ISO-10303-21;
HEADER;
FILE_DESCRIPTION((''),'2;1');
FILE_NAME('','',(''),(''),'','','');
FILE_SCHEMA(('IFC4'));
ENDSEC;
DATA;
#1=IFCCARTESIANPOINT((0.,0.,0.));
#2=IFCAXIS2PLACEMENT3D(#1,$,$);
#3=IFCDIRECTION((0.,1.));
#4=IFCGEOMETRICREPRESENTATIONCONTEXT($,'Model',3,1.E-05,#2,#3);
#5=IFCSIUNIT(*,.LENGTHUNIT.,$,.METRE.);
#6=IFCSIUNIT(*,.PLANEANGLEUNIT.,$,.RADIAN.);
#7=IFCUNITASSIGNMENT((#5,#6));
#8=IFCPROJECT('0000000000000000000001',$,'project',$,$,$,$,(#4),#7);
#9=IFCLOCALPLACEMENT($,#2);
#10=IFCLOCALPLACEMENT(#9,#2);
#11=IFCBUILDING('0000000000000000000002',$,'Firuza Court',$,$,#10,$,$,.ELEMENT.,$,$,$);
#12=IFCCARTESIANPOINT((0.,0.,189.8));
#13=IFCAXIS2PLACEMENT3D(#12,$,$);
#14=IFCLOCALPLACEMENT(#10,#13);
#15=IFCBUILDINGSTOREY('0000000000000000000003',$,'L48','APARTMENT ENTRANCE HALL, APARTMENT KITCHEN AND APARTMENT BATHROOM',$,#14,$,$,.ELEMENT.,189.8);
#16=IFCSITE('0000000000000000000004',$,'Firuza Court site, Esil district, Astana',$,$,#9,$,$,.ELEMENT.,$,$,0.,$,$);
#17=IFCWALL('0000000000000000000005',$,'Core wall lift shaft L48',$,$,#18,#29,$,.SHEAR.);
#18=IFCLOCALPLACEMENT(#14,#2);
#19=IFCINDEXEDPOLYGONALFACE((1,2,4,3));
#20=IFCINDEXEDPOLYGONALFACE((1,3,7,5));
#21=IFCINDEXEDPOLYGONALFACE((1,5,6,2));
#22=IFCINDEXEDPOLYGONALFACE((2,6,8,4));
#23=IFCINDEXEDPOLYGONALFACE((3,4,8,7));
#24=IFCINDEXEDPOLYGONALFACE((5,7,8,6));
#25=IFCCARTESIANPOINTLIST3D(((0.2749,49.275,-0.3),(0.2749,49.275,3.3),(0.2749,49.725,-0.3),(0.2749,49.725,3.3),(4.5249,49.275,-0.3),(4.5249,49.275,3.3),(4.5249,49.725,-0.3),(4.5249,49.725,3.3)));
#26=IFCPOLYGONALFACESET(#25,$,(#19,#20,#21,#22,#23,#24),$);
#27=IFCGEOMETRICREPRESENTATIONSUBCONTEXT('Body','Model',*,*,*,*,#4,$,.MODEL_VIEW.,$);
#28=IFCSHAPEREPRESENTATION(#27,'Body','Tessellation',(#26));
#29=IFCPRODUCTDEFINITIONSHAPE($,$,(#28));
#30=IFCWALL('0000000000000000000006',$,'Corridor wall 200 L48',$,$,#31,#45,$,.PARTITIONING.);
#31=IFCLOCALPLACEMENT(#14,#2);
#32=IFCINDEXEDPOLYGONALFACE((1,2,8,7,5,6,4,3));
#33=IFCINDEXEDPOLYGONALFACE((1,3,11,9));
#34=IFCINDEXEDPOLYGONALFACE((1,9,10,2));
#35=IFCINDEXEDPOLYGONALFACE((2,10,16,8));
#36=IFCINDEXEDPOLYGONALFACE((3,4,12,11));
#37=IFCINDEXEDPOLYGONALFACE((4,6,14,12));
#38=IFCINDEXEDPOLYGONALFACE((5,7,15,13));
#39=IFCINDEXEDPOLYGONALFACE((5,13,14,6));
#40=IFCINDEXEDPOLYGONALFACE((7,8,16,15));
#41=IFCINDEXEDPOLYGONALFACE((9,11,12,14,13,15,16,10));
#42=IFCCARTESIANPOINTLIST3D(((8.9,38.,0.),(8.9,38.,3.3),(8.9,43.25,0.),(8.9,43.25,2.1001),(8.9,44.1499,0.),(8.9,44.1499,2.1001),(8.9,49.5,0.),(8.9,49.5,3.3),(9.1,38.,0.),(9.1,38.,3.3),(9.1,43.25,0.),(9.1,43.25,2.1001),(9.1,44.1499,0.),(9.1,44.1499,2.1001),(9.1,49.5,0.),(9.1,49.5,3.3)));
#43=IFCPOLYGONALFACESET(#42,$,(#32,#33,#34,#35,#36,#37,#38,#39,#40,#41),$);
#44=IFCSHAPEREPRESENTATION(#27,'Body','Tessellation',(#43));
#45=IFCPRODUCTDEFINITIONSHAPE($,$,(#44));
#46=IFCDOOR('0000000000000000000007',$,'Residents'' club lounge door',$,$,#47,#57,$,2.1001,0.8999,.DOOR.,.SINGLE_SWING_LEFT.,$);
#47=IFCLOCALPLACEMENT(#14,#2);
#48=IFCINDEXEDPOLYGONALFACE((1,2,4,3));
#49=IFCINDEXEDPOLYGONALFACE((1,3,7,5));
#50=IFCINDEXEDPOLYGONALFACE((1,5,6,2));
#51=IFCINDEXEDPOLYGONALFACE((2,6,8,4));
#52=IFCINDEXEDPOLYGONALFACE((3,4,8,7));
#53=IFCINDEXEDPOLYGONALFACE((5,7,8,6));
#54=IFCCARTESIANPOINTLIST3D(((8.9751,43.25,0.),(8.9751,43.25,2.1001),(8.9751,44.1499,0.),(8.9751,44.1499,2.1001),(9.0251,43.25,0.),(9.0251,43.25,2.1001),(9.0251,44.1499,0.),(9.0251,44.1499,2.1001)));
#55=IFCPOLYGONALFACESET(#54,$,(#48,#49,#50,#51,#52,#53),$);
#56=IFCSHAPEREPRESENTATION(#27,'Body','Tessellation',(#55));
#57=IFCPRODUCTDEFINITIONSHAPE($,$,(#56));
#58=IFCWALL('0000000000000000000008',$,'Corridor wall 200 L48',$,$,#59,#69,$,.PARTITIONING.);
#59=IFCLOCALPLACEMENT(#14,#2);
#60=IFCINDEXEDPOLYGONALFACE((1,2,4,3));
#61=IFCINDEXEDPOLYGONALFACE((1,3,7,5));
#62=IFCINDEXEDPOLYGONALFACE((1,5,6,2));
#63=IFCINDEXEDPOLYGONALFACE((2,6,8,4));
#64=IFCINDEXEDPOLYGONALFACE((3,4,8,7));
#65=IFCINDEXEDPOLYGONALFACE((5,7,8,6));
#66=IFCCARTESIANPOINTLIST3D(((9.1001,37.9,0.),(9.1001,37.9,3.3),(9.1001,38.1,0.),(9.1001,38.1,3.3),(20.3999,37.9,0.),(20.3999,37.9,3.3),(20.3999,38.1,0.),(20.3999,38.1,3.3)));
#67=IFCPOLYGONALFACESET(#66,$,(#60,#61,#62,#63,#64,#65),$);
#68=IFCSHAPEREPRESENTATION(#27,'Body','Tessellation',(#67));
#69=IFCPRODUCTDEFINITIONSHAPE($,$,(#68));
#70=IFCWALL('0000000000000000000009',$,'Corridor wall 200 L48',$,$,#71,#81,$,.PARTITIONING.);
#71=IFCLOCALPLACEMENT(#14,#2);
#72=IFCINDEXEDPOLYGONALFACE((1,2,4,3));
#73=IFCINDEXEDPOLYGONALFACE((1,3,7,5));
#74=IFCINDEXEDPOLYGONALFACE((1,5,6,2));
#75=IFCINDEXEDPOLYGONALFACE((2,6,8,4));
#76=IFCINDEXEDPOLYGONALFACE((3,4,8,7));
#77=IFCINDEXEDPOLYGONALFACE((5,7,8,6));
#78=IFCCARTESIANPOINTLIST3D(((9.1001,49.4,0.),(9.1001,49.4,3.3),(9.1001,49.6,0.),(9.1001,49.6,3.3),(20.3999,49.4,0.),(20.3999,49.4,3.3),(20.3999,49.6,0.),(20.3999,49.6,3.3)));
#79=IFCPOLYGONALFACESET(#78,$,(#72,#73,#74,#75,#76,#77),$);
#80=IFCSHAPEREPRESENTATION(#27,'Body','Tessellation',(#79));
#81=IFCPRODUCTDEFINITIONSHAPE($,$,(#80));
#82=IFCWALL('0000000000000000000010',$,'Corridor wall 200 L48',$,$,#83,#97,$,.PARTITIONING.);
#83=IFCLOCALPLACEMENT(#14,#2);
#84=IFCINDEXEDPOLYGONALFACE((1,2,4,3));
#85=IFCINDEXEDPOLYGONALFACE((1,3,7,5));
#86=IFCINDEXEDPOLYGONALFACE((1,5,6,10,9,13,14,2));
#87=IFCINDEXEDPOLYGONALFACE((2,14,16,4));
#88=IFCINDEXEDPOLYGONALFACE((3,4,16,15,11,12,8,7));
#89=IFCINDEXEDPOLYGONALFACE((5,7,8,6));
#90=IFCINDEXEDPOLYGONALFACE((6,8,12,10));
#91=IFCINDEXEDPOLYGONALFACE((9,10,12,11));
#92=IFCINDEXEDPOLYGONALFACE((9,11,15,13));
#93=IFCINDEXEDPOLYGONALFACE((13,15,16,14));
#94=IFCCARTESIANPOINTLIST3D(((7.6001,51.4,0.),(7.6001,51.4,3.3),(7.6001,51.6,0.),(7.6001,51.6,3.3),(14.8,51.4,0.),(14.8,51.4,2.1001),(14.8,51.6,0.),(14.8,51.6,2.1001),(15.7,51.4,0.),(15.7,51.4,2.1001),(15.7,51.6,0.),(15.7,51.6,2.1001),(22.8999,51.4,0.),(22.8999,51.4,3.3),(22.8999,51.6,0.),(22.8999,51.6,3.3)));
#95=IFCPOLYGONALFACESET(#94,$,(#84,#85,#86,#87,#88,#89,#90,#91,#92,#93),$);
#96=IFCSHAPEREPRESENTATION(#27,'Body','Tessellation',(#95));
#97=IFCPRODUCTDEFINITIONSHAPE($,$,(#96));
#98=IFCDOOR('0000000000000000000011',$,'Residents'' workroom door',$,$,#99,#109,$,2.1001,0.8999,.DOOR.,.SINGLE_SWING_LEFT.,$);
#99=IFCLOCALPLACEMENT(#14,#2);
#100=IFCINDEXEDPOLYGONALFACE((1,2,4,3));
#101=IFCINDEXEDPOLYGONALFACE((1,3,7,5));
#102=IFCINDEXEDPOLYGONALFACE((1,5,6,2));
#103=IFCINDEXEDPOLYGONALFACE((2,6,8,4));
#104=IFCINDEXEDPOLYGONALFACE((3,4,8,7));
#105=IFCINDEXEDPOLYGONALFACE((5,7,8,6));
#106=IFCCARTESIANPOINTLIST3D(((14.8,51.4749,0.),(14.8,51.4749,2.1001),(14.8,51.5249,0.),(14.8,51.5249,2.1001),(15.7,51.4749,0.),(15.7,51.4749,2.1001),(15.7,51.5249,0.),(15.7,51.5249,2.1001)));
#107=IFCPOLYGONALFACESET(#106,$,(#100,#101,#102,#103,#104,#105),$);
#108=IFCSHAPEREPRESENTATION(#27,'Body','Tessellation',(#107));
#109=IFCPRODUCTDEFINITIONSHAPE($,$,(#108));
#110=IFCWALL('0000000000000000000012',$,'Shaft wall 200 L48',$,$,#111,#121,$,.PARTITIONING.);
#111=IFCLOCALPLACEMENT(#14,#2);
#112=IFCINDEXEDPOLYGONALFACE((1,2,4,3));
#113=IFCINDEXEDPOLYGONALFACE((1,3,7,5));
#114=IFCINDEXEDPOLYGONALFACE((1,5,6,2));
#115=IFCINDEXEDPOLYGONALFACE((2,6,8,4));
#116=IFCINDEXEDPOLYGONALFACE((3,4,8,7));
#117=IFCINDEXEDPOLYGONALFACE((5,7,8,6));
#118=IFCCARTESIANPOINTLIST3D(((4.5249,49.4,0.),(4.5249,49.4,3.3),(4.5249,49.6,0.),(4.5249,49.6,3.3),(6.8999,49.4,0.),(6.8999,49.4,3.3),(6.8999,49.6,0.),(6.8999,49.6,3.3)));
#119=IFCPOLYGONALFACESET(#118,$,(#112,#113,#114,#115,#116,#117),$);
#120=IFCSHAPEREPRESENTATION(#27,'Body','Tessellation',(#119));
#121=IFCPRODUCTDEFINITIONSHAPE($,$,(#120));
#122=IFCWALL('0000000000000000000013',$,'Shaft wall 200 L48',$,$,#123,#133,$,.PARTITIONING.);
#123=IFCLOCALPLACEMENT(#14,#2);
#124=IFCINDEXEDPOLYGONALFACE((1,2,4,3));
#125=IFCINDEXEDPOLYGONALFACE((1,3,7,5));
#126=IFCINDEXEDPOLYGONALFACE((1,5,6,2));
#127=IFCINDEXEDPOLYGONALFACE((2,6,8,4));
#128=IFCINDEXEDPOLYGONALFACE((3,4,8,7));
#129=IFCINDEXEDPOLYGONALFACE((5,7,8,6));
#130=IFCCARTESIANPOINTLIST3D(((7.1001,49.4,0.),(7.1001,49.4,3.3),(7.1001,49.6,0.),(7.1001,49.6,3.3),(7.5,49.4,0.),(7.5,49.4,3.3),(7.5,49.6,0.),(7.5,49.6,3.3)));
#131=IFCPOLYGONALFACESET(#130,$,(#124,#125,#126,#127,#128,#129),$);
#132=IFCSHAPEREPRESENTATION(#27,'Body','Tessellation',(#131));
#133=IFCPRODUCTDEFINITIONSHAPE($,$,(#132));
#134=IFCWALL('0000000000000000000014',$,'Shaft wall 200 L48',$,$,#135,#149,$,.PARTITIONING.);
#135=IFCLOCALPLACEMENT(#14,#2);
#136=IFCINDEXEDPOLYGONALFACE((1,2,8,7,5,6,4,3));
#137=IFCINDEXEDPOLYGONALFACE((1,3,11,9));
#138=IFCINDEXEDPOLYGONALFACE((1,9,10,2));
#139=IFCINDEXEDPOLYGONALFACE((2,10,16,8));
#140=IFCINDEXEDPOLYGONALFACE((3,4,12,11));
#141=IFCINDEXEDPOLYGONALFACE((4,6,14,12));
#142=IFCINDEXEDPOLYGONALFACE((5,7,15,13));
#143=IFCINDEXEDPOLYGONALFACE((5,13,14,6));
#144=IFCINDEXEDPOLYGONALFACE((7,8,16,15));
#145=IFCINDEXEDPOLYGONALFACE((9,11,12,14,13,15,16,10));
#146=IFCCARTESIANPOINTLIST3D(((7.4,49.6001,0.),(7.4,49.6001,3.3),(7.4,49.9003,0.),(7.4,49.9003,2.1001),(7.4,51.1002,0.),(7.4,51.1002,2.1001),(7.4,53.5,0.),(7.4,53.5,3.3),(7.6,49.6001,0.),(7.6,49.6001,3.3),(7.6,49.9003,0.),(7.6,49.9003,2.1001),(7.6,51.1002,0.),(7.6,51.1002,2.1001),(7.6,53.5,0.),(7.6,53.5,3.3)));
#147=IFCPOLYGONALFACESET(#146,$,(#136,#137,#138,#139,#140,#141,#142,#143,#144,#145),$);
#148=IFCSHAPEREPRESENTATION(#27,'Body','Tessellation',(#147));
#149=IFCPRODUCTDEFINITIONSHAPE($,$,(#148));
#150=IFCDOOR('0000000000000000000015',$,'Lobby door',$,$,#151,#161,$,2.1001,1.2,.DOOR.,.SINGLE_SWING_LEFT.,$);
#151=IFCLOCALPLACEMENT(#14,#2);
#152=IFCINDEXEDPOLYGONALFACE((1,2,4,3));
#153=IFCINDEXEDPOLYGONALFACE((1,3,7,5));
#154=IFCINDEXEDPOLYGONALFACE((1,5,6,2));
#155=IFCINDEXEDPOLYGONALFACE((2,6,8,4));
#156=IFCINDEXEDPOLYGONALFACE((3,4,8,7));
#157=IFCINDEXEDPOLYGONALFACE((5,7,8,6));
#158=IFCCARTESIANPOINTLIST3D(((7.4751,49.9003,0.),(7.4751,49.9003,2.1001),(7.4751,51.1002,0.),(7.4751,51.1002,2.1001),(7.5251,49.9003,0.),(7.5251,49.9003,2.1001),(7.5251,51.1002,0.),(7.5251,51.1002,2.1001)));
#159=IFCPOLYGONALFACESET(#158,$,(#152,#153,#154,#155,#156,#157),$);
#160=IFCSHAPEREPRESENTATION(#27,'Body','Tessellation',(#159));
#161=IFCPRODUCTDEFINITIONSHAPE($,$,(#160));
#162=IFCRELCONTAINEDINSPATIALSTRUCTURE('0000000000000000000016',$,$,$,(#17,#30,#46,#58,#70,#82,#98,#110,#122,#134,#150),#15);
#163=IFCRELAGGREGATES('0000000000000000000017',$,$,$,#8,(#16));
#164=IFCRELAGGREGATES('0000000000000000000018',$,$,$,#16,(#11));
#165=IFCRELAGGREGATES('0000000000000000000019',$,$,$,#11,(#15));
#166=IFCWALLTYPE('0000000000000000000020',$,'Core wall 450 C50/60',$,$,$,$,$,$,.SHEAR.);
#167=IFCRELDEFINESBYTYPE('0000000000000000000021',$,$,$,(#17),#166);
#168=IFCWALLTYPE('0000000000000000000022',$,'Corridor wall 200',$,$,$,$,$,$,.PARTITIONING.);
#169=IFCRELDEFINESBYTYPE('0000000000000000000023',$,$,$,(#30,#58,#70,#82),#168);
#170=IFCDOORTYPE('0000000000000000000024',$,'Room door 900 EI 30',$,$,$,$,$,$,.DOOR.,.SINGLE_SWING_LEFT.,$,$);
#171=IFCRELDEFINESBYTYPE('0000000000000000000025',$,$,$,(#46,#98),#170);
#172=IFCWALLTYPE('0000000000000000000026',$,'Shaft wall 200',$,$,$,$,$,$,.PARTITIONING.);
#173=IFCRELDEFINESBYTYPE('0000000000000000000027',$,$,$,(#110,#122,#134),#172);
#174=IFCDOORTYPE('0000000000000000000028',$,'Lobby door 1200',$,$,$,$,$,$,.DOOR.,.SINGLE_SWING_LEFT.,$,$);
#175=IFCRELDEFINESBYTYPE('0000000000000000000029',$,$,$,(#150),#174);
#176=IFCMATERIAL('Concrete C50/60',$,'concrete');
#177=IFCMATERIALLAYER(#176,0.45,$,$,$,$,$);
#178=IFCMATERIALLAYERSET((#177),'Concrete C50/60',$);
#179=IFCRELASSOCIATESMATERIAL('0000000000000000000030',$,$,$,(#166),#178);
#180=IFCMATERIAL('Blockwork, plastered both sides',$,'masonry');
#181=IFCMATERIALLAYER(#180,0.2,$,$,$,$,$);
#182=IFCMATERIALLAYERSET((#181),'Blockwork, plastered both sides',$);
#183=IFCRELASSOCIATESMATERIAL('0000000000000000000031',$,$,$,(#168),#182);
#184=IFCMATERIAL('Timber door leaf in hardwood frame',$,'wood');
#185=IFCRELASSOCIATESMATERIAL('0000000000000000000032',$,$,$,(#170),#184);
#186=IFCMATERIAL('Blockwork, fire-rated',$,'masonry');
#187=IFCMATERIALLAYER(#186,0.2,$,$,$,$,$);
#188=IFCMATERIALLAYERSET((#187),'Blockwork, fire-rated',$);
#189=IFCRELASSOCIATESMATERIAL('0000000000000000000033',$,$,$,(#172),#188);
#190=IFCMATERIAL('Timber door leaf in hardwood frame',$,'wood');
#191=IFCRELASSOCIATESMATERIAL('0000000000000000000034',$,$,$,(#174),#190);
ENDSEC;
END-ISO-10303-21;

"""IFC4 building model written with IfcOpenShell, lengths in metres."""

from ifc_helpers import new_model, si_unit, direction, frame, frame_2d, origin, place, context, subcontext, project, spatial, rectangle, extrude, material, layer, layer_set, type_object, element, fill, save


model = new_model("IFC4")

# Units and contexts
model_context = context("Model", 3, precision=1e-05, world=origin(), true_north=direction((0.0, 1.0)))
body_context = subcontext(model_context, "Body", "Model", "MODEL_VIEW")
ifc_project = project(units=[si_unit("LENGTHUNIT", "METRE"), si_unit("PLANEANGLEUNIT", "RADIAN")], contexts=[model_context])

# Site, building, storey
site_placement = place(None, origin())
site = spatial("IfcSite", under=ifc_project, at=site_placement, Name="Firuza Court site, Esil district, Astana", CompositionType="ELEMENT", RefElevation=0.0)
building_placement = place(site_placement, origin())
building = spatial("IfcBuilding", under=site, at=building_placement, Name="Firuza Court", CompositionType="ELEMENT")
storey_placement = place(building_placement, frame((0.0, 0.0, 189.8)))
storey = spatial("IfcBuildingStorey", under=building, at=storey_placement, Name="L48", Description="APARTMENT ENTRANCE HALL, APARTMENT KITCHEN AND APARTMENT BATHROOM", CompositionType="ELEMENT", Elevation=189.8)

# Shared definitions
ifc_material_1 = material(Name="Concrete C50/60", Category="concrete")

# Wall
ifc_layer_1 = layer(ifc_material_1, 0.45)
ifc_layer_set_1 = layer_set([ifc_layer_1], Name="Concrete C50/60")
wall_type_1 = type_object("IfcWallType", Name="Core wall 450 C50/60", PredefinedType="SHEAR", material=ifc_layer_set_1)
wall_1_placement = place(storey_placement, frame((0.2749, 49.5, -0.3), z_axis=(0.0, 0.0, 1.0), x_axis=(1.0, 0.0, 0.0)))
element("IfcWall", 1, at=wall_1_placement, inside=storey, type_object=wall_type_1, Name="Core wall lift shaft L48", PredefinedType="SHEAR", context=body_context, shape_type="SweptSolid", body=[
    extrude(rectangle(XDim=4.25, YDim=0.45, at=frame_2d((2.125, 0.0))), origin(), (0.0, 0.0, 1.0), 3.6001),
])

# Wall, opening, door
ifc_material_2 = material(Name="Blockwork, plastered both sides", Category="masonry")
ifc_layer_2 = layer(ifc_material_2, 0.2)
ifc_layer_set_2 = layer_set([ifc_layer_2], Name="Blockwork, plastered both sides")
wall_type_2 = type_object("IfcWallType", Name="Corridor wall 200", PredefinedType="PARTITIONING", material=ifc_layer_set_2)
wall_2_placement = place(storey_placement, frame((9.0, 38.0, 0.0), z_axis=(0.0, 0.0, 1.0), x_axis=(0.0, 1.0, 0.0)))
wall_2 = element("IfcWall", 2, at=wall_2_placement, inside=storey, type_object=wall_type_2, Name="Corridor wall 200 L48", PredefinedType="PARTITIONING", context=body_context, shape_type="SweptSolid", body=[
    extrude(rectangle(XDim=11.5, YDim=0.2, at=frame_2d((5.75, 0.0))), origin(), (0.0, 0.0, 1.0), 3.3),
])
opening_1_placement = place(wall_2_placement, frame((5.25, 0.0, 0.0)))
opening_1 = element("IfcOpeningElement", 3, at=opening_1_placement, cuts=wall_2, PredefinedType="OPENING", context=body_context, shape_type="SweptSolid", body=[
    extrude(rectangle(XDim=0.8999, YDim=2.1001, at=frame_2d((0.45, 1.05))), frame((0.0, 0.1118, 0.0), z_axis=(0.0, -1.0, 0.0), x_axis=(1.0, 0.0, 0.0)), (0.0, 0.0, 1.0), 0.2239),
])
ifc_material_3 = material(Name="Timber door leaf in hardwood frame", Category="wood")
door_type_1 = type_object("IfcDoorType", Name="Room door 900 EI 30", OperationType="SINGLE_SWING_LEFT", PredefinedType="DOOR", material=ifc_material_3)
door_1_placement = place(opening_1_placement, origin())
door_1 = element("IfcDoor", 4, at=door_1_placement, inside=storey, type_object=door_type_1, Name="Residents' club lounge door", OperationType="SINGLE_SWING_LEFT", OverallHeight=2.1001, OverallWidth=0.8999, PredefinedType="DOOR", context=body_context, shape_type="SweptSolid", body=[
    extrude(rectangle(XDim=0.8999, YDim=2.1001, at=frame_2d((0.45, 1.05))), frame((0.0, 0.0249, 0.0), z_axis=(0.0, -1.0, 0.0), x_axis=(1.0, 0.0, 0.0)), (0.0, 0.0, 1.0), 0.05),
])
fill(opening_1, door_1)

# Walls
for number, where, z_axis, x_axis, name in (
    (5, (9.1001, 38.0, 0.0), (0.0, 0.0, 1.0), (1.0, 0.0, 0.0), "Corridor wall 200 L48"),
    (6, (9.1001, 49.5, 0.0), (0.0, 0.0, 1.0), (1.0, 0.0, 0.0), "Corridor wall 200 L48"),
):
    element("IfcWall", number, at=place(storey_placement, frame(where, z_axis=z_axis, x_axis=x_axis)), inside=storey, type_object=wall_type_2, Name=name, PredefinedType="PARTITIONING", context=body_context, shape_type="SweptSolid", body=[
        extrude(rectangle(XDim=11.2998, YDim=0.2, at=frame_2d((5.6499, 0.0))), origin(), (0.0, 0.0, 1.0), 3.3),
    ])

# Wall, opening, door
wall_3_placement = place(storey_placement, frame((7.6001, 51.5, 0.0), z_axis=(0.0, 0.0, 1.0), x_axis=(1.0, 0.0, 0.0)))
wall_3 = element("IfcWall", 7, at=wall_3_placement, inside=storey, type_object=wall_type_2, Name="Corridor wall 200 L48", PredefinedType="PARTITIONING", context=body_context, shape_type="SweptSolid", body=[
    extrude(rectangle(XDim=15.2998, YDim=0.2, at=frame_2d((7.6499, 0.0))), origin(), (0.0, 0.0, 1.0), 3.3),
])
opening_2_placement = place(wall_3_placement, frame((7.2, 0.0, 0.0)))
opening_2 = element("IfcOpeningElement", 8, at=opening_2_placement, cuts=wall_3, PredefinedType="OPENING", context=body_context, shape_type="SweptSolid", body=[
    extrude(rectangle(XDim=0.8999, YDim=2.1001, at=frame_2d((0.45, 1.05))), frame((0.0, 0.1118, 0.0), z_axis=(0.0, -1.0, 0.0), x_axis=(1.0, 0.0, 0.0)), (0.0, 0.0, 1.0), 0.2239),
])
door_2_placement = place(opening_2_placement, origin())
door_2 = element("IfcDoor", 9, at=door_2_placement, inside=storey, type_object=door_type_1, Name="Residents' workroom door", OperationType="SINGLE_SWING_LEFT", OverallHeight=2.1001, OverallWidth=0.8999, PredefinedType="DOOR", context=body_context, shape_type="SweptSolid", body=[
    extrude(rectangle(XDim=0.8999, YDim=2.1001, at=frame_2d((0.45, 1.05))), frame((0.0, 0.0249, 0.0), z_axis=(0.0, -1.0, 0.0), x_axis=(1.0, 0.0, 0.0)), (0.0, 0.0, 1.0), 0.05),
])
fill(opening_2, door_2)

# Walls
ifc_material_4 = material(Name="Blockwork, fire-rated", Category="masonry")
ifc_layer_3 = layer(ifc_material_4, 0.2)
ifc_layer_set_3 = layer_set([ifc_layer_3], Name="Blockwork, fire-rated")
wall_type_3 = type_object("IfcWallType", Name="Shaft wall 200", PredefinedType="PARTITIONING", material=ifc_layer_set_3)
wall_4_placement = place(storey_placement, frame((4.5249, 49.5, 0.0), z_axis=(0.0, 0.0, 1.0), x_axis=(1.0, 0.0, 0.0)))
element("IfcWall", 10, at=wall_4_placement, inside=storey, type_object=wall_type_3, Name="Shaft wall 200 L48", PredefinedType="PARTITIONING", context=body_context, shape_type="SweptSolid", body=[
    extrude(rectangle(XDim=2.375, YDim=0.2, at=frame_2d((1.1875, 0.0))), origin(), (0.0, 0.0, 1.0), 3.3),
])
wall_5_placement = place(storey_placement, frame((7.1001, 49.5, 0.0), z_axis=(0.0, 0.0, 1.0), x_axis=(1.0, 0.0, 0.0)))
element("IfcWall", 11, at=wall_5_placement, inside=storey, type_object=wall_type_3, Name="Shaft wall 200 L48", PredefinedType="PARTITIONING", context=body_context, shape_type="SweptSolid", body=[
    extrude(rectangle(XDim=0.3999, YDim=0.2, at=frame_2d((0.2, 0.0))), origin(), (0.0, 0.0, 1.0), 3.3),
])

# Wall, opening, door
wall_6_placement = place(storey_placement, frame((7.5, 49.6001, 0.0), z_axis=(0.0, 0.0, 1.0), x_axis=(0.0, 1.0, 0.0)))
wall_6 = element("IfcWall", 12, at=wall_6_placement, inside=storey, type_object=wall_type_3, Name="Shaft wall 200 L48", PredefinedType="PARTITIONING", context=body_context, shape_type="SweptSolid", body=[
    extrude(rectangle(XDim=3.8999, YDim=0.2, at=frame_2d((1.95, 0.0))), origin(), (0.0, 0.0, 1.0), 3.3),
])
opening_3_placement = place(wall_6_placement, frame((0.3, 0.0, 0.0)))
opening_3 = element("IfcOpeningElement", 13, at=opening_3_placement, cuts=wall_6, PredefinedType="OPENING", context=body_context, shape_type="SweptSolid", body=[
    extrude(rectangle(XDim=1.2, YDim=2.1001, at=frame_2d((0.6001, 1.05))), frame((0.0, 0.1118, 0.0), z_axis=(0.0, -1.0, 0.0), x_axis=(1.0, 0.0, 0.0)), (0.0, 0.0, 1.0), 0.2239),
])
ifc_material_5 = material(Name="Timber door leaf in hardwood frame", Category="wood")
door_type_2 = type_object("IfcDoorType", Name="Lobby door 1200", OperationType="SINGLE_SWING_LEFT", PredefinedType="DOOR", material=ifc_material_5)
door_3_placement = place(opening_3_placement, origin())
door_3 = element("IfcDoor", 14, at=door_3_placement, inside=storey, type_object=door_type_2, Name="Lobby door", OperationType="SINGLE_SWING_LEFT", OverallHeight=2.1001, OverallWidth=1.2, PredefinedType="DOOR", context=body_context, shape_type="SweptSolid", body=[
    extrude(rectangle(XDim=1.2, YDim=2.1001, at=frame_2d((0.6001, 1.05))), frame((0.0, 0.0249, 0.0), z_axis=(0.0, -1.0, 0.0), x_axis=(1.0, 0.0, 0.0)), (0.0, 0.0, 1.0), 0.05),
])
fill(opening_3, door_3)

save(model, "model.ifc")
